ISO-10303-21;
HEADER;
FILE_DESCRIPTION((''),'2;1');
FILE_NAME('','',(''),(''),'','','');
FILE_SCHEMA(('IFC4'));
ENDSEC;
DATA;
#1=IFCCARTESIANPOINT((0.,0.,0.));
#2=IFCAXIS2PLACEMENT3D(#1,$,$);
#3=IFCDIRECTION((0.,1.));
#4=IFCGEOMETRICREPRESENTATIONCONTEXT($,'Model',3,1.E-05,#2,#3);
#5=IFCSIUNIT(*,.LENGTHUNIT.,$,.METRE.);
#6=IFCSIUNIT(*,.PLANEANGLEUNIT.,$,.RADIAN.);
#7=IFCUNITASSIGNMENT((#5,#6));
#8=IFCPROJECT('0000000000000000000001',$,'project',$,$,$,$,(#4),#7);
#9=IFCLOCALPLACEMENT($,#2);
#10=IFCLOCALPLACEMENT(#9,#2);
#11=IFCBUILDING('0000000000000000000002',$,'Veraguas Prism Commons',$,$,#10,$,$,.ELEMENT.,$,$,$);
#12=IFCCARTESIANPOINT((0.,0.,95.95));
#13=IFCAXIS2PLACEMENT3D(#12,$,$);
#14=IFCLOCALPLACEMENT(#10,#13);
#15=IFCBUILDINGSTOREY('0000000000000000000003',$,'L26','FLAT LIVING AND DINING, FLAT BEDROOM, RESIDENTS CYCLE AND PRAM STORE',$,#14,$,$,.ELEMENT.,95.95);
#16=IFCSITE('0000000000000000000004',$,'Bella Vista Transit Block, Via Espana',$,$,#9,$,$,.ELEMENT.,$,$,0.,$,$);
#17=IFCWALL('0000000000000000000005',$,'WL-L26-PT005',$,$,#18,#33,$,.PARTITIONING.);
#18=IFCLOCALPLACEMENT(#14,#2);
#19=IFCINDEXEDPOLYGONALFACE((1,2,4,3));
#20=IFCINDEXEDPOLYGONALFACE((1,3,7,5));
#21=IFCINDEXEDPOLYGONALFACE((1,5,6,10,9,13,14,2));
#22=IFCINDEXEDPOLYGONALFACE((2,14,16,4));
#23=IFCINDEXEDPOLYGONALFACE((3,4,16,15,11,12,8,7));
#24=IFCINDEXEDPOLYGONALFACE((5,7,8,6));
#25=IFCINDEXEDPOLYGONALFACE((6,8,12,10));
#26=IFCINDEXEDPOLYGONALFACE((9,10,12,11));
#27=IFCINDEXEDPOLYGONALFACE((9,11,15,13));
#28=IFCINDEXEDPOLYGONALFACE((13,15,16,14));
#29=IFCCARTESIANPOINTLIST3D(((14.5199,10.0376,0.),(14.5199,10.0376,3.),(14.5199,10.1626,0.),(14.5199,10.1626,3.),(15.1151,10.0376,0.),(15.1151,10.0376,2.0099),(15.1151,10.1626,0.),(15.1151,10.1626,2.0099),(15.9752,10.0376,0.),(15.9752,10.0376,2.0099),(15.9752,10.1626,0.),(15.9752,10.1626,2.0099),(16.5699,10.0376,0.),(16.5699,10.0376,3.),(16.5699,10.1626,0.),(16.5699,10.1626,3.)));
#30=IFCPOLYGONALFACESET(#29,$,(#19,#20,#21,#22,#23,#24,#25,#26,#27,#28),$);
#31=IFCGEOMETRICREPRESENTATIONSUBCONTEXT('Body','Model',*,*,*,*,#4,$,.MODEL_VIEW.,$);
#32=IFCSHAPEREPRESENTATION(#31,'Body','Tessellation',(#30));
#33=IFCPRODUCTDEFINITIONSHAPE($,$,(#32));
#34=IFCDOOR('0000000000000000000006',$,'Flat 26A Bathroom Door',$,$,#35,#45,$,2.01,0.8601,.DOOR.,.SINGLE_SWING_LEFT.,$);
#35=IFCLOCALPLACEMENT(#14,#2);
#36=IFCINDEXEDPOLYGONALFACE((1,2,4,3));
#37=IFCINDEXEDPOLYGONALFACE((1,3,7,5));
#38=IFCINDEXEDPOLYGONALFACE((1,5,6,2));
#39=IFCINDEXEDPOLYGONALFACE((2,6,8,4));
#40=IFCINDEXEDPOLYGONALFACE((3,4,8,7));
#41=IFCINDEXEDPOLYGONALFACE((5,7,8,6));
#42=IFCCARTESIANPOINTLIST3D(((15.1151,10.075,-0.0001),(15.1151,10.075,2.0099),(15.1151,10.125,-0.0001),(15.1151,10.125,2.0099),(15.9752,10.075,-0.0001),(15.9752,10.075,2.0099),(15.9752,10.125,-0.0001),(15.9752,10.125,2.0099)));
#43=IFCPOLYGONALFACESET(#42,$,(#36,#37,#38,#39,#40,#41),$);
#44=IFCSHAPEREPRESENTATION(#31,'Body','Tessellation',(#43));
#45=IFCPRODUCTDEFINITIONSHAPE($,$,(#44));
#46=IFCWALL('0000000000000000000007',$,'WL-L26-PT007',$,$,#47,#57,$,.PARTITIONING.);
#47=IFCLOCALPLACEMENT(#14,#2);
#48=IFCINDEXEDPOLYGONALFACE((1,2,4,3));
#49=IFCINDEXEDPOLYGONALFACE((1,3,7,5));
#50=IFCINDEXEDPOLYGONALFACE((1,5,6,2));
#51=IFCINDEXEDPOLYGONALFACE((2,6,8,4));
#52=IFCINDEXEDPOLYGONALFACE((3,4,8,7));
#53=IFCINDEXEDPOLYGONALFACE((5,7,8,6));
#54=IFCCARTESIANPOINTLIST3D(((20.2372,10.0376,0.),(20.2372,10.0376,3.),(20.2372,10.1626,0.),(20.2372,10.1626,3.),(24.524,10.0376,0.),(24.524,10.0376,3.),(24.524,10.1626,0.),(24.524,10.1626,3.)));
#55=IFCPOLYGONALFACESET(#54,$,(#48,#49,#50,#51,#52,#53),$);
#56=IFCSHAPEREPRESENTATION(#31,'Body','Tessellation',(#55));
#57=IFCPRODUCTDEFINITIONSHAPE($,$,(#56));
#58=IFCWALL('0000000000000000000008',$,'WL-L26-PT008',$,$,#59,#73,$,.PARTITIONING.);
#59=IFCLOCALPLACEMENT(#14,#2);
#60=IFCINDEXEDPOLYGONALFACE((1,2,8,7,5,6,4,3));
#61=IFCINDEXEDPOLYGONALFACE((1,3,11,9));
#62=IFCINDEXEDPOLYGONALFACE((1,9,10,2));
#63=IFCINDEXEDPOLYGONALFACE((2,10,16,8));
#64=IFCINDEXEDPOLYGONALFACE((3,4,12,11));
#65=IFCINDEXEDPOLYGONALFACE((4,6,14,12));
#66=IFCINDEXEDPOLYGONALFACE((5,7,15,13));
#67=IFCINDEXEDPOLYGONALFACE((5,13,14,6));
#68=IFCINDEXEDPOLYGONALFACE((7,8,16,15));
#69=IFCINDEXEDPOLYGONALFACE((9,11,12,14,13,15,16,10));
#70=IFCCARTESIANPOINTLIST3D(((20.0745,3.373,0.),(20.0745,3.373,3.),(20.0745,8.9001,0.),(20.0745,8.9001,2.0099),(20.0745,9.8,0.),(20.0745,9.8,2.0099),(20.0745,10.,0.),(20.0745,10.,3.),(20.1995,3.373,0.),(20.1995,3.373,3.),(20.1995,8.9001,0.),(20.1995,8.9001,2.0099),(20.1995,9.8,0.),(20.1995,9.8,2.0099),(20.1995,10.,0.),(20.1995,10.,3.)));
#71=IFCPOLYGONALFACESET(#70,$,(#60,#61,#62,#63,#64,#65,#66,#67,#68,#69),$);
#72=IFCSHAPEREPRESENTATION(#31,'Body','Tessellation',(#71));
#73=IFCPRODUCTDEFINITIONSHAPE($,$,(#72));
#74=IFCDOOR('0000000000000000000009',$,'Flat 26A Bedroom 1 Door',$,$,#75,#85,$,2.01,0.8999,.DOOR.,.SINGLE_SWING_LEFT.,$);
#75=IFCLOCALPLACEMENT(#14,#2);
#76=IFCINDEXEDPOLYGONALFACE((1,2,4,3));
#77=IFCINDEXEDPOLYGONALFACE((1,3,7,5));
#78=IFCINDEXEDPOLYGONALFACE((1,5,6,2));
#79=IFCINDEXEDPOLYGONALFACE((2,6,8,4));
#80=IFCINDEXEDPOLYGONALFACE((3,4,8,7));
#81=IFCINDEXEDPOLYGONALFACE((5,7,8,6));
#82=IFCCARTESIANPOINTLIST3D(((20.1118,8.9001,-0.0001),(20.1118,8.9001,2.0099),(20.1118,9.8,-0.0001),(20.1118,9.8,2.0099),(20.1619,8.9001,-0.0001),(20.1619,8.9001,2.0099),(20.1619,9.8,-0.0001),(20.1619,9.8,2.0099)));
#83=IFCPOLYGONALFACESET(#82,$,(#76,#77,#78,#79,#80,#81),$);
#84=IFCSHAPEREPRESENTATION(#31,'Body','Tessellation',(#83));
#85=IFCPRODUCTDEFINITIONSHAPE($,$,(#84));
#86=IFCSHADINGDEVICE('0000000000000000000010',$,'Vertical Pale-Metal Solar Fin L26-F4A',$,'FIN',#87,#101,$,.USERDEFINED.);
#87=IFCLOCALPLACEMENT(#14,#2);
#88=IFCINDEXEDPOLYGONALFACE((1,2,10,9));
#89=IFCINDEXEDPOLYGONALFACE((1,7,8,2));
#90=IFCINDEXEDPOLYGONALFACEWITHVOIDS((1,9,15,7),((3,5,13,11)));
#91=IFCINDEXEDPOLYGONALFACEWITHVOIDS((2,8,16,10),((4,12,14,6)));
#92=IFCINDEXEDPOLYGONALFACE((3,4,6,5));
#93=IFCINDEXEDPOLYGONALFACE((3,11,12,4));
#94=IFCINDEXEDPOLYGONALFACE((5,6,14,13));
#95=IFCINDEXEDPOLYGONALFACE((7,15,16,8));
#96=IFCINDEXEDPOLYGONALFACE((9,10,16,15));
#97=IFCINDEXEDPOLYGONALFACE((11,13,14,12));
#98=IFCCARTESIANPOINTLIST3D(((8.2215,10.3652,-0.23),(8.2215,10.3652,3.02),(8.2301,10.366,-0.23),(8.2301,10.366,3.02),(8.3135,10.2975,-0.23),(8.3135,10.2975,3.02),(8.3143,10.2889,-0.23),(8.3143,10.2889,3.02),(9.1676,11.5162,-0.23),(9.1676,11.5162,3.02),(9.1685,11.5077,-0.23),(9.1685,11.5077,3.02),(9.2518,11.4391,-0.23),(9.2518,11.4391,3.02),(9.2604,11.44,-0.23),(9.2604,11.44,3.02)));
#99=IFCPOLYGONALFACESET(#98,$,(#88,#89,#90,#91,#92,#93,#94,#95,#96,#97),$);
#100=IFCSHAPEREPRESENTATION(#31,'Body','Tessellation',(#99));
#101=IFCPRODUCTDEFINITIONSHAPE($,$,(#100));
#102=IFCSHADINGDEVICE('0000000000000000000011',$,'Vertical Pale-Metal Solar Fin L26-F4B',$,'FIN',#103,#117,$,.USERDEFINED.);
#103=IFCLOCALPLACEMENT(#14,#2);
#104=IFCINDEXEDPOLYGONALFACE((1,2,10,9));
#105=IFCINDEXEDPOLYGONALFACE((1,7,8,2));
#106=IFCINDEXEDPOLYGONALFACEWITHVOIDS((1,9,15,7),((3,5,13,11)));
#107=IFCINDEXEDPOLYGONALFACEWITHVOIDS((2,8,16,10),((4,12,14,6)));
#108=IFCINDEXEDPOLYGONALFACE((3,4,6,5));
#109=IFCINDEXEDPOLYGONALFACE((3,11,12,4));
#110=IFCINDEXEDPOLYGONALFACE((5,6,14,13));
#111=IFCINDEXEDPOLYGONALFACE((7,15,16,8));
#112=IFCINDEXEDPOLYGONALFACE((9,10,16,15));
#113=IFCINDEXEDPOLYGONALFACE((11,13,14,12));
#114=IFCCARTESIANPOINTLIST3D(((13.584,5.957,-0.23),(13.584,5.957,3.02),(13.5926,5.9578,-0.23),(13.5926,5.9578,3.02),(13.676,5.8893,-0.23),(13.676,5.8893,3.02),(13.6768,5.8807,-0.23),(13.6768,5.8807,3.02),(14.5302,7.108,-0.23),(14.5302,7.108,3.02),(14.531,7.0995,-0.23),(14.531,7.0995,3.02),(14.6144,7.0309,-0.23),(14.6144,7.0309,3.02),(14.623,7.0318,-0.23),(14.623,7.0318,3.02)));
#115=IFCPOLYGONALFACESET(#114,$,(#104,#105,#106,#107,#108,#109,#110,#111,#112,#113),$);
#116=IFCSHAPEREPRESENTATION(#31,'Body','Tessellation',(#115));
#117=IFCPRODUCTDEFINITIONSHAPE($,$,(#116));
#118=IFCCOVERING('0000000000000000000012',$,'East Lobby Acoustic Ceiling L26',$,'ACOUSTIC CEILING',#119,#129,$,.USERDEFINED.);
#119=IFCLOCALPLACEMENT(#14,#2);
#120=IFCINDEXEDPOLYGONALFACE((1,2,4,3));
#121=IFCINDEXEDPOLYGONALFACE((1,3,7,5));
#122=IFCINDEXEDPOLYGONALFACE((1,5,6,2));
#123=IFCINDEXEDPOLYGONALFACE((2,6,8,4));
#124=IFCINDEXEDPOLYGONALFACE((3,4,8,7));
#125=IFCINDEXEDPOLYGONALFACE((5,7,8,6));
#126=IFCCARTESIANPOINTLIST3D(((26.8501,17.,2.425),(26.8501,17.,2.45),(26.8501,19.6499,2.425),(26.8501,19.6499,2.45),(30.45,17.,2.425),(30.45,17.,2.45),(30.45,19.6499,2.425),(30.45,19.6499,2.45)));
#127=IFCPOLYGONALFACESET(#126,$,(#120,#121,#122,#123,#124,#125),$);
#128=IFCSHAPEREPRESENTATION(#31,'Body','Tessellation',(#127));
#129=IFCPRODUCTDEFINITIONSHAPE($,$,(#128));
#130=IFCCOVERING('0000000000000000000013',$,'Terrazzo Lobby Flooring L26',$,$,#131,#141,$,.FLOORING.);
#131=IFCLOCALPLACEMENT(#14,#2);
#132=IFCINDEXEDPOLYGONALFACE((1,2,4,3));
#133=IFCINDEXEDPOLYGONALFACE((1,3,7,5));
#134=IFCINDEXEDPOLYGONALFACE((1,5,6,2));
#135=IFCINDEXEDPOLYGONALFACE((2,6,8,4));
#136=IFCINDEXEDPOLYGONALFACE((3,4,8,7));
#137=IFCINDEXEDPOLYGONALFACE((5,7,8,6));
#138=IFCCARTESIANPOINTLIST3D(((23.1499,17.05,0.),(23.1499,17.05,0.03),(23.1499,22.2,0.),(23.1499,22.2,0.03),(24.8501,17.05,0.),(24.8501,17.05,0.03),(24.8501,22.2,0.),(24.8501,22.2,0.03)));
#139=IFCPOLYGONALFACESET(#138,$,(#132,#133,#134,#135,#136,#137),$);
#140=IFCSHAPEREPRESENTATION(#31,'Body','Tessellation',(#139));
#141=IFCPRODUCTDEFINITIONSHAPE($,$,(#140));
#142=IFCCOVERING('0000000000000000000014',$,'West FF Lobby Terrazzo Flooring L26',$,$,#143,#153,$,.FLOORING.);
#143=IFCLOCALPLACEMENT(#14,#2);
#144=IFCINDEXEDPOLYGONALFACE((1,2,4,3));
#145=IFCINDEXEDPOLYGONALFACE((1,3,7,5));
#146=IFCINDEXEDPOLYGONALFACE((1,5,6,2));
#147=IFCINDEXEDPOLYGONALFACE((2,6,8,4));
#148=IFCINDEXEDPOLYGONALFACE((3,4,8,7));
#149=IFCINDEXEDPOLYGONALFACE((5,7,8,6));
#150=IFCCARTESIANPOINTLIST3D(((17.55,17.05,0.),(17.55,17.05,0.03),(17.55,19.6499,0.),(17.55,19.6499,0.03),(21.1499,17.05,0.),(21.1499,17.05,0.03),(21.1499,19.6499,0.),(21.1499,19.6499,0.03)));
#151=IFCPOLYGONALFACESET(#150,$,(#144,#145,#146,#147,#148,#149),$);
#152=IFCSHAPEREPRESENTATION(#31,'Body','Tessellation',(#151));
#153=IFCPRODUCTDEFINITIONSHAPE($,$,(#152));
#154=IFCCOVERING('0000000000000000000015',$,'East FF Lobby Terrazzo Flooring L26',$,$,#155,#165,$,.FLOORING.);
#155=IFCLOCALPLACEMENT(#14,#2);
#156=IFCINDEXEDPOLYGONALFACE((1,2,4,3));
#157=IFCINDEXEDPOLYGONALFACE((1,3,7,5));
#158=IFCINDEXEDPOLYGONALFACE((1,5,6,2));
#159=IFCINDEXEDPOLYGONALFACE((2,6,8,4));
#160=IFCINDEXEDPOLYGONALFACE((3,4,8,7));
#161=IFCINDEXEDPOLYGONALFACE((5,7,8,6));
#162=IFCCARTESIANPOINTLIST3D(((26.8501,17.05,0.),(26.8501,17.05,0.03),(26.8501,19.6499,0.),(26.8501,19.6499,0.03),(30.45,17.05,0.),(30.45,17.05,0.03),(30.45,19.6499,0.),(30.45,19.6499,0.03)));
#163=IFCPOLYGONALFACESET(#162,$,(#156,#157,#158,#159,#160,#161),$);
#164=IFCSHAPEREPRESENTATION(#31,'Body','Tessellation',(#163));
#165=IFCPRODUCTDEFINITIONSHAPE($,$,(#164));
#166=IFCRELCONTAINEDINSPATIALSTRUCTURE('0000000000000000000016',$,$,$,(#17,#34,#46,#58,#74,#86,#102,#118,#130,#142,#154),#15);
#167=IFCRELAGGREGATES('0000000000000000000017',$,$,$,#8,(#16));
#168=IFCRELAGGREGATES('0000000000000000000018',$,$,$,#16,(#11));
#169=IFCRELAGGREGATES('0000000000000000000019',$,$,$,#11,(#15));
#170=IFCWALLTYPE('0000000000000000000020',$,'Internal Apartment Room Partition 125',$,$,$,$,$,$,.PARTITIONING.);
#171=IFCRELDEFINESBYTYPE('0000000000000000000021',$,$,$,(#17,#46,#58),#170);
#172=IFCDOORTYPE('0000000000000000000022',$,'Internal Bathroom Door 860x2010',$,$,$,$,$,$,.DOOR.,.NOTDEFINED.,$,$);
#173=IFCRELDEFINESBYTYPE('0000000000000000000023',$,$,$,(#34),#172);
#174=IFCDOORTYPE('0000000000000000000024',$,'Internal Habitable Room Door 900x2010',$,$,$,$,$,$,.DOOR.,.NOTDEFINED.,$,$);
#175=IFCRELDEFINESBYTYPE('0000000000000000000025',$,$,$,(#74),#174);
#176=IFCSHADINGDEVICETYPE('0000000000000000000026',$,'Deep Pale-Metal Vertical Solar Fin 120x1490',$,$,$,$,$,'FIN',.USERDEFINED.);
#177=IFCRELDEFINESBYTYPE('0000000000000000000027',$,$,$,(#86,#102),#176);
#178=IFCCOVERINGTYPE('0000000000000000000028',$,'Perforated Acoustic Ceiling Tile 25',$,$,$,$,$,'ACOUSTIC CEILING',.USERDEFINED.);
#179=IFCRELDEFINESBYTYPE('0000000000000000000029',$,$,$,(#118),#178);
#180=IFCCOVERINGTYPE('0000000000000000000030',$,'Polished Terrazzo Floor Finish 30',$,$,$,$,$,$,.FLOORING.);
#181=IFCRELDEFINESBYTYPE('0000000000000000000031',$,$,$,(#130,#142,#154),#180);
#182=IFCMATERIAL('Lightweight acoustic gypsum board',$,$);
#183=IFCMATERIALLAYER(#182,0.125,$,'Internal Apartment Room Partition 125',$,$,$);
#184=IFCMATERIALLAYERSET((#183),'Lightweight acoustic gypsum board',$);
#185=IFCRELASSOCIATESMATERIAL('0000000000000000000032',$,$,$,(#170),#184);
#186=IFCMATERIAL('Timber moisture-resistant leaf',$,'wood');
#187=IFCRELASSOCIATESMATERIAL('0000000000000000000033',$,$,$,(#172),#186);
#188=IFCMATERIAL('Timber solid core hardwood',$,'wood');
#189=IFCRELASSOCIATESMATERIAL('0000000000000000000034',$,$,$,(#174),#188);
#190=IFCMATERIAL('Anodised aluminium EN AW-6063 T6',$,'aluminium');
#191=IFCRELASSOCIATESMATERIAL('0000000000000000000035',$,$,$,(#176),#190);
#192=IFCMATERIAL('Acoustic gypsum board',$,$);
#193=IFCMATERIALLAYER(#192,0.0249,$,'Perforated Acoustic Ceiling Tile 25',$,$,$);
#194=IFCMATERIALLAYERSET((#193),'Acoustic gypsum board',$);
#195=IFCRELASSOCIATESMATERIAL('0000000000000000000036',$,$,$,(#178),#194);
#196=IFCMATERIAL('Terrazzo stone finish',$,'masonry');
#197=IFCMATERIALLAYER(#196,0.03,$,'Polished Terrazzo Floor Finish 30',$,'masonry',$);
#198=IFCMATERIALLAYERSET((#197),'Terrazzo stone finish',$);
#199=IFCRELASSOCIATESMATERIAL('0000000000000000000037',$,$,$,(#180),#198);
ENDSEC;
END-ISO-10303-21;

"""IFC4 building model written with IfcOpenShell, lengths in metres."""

from ifc_helpers import new_model, si_unit, direction, frame, frame_2d, origin, origin_2d, place, context, subcontext, project, spatial, polyline, rectangle, hollow_rectangle, outline, extrude, source, transform, mapped, material, layer, layer_set, material_profile, profile_set, type_object, element, fill, save


model = new_model("IFC4")

# Units and contexts
model_context = context("Model", 3, precision=1e-05, world=origin(), true_north=direction((0.0, 1.0)))
body_context = subcontext(model_context, "Body", "Model", "MODEL_VIEW")
ifc_project = project(units=[si_unit("LENGTHUNIT", "METRE"), si_unit("PLANEANGLEUNIT", "RADIAN")], contexts=[model_context])

# Site, building, storey
site_placement = place(None, origin())
site = spatial("IfcSite", under=ifc_project, at=site_placement, Name="Bella Vista Transit Block, Via Espana", CompositionType="ELEMENT", RefElevation=0.0)
building_placement = place(site_placement, origin())
building = spatial("IfcBuilding", under=site, at=building_placement, Name="Veraguas Prism Commons", CompositionType="ELEMENT")
storey_placement = place(building_placement, frame((0.0, 0.0, 95.95)))
storey = spatial("IfcBuildingStorey", under=building, at=storey_placement, Name="L26", Description="FLAT LIVING AND DINING, FLAT BEDROOM, RESIDENTS CYCLE AND PRAM STORE", CompositionType="ELEMENT", Elevation=95.95)

# Shared definitions
ifc_material_1 = material(Name="Anodised aluminium EN AW-6063 T6", Category="aluminium")

# Wall, opening, door
ifc_material_2 = material(Name="Lightweight acoustic gypsum board")
ifc_layer_1 = layer(ifc_material_2, 0.125, Name="Internal Apartment Room Partition 125")
ifc_layer_set_1 = layer_set([ifc_layer_1], Name="Lightweight acoustic gypsum board")
wall_type_1 = type_object("IfcWallType", Name="Internal Apartment Room Partition 125", PredefinedType="PARTITIONING", material=ifc_layer_set_1)
wall_1_placement = place(storey_placement, frame((14.52, 10.1001, 0.0), z_axis=(0.0, 0.0, 1.0), x_axis=(1.0, 0.0, 0.0)))
wall_1 = element("IfcWall", 1, at=wall_1_placement, inside=storey, type_object=wall_type_1, Name="WL-L26-PT005", PredefinedType="PARTITIONING", context=body_context, shape_type="SweptSolid", body=[
    extrude(rectangle(XDim=2.05, YDim=0.125, at=frame_2d((1.0249, 0.0))), origin(), (0.0, 0.0, 1.0), 3.0),
])
opening_1_placement = place(wall_1_placement, frame((0.595, 0.0, 0.0)))
opening_1 = element("IfcOpeningElement", 2, at=opening_1_placement, cuts=wall_1, PredefinedType="OPENING", context=body_context, shape_type="SweptSolid", body=[
    extrude(rectangle(XDim=0.8601, YDim=2.01, at=frame_2d((0.4302, 1.0049))), frame((0.0, 0.0725, 0.0), z_axis=(0.0, -1.0, 0.0), x_axis=(1.0, 0.0, 0.0)), (0.0, 0.0, 1.0), 0.145),
])
ifc_material_3 = material(Name="Timber moisture-resistant leaf", Category="wood")
door_type_1 = type_object("IfcDoorType", Name="Internal Bathroom Door 860x2010", OperationType="NOTDEFINED", PredefinedType="DOOR", material=ifc_material_3)
shared_shape_1 = source(origin(), body_context, "Body", "SweptSolid", [
    extrude(rectangle(XDim=0.8601, YDim=2.01, at=frame_2d((0.4302, 1.0049))), frame((0.0, 0.0249, 0.0), z_axis=(0.0, -1.0, 0.0), x_axis=(1.0, 0.0, 0.0)), (0.0, 0.0, 1.0), 0.05),
])
door_1_placement = place(opening_1_placement, origin())
door_1 = element("IfcDoor", 3, at=door_1_placement, inside=storey, type_object=door_type_1, Name="Flat 26A Bathroom Door", OperationType="SINGLE_SWING_LEFT", OverallHeight=2.01, OverallWidth=0.8601, PredefinedType="DOOR", context=body_context, shape_type="MappedRepresentation", body=[
    mapped(shared_shape_1, transform((0.0, 0.0, 0.0), scale=1.0)),
])
fill(opening_1, door_1)

# Wall
wall_2_placement = place(storey_placement, frame((20.2371, 10.1001, 0.0), z_axis=(0.0, 0.0, 1.0), x_axis=(1.0, 0.0, 0.0)))
element("IfcWall", 4, at=wall_2_placement, inside=storey, type_object=wall_type_1, Name="WL-L26-PT007", PredefinedType="PARTITIONING", context=body_context, shape_type="SweptSolid", body=[
    extrude(rectangle(XDim=4.2869, YDim=0.125, at=frame_2d((2.1436, 0.0))), origin(), (0.0, 0.0, 1.0), 3.0),
])

# Wall, opening, door
wall_3_placement = place(storey_placement, frame((20.137, 10.0, 0.0), z_axis=(0.0, 0.0, 1.0), x_axis=(0.0, -1.0, 0.0)))
wall_3 = element("IfcWall", 5, at=wall_3_placement, inside=storey, type_object=wall_type_1, Name="WL-L26-PT008", PredefinedType="PARTITIONING", context=body_context, shape_type="SweptSolid", body=[
    extrude(rectangle(XDim=6.627, YDim=0.125, at=frame_2d((3.3135, 0.0))), origin(), (0.0, 0.0, 1.0), 3.0),
])
opening_2_placement = place(wall_3_placement, frame((0.2, 0.0, 0.0)))
opening_2 = element("IfcOpeningElement", 6, at=opening_2_placement, cuts=wall_3, PredefinedType="OPENING", context=body_context, shape_type="SweptSolid", body=[
    extrude(rectangle(XDim=0.8999, YDim=2.01, at=frame_2d((0.45, 1.0049))), frame((0.0, 0.0725, 0.0), z_axis=(0.0, -1.0, 0.0), x_axis=(1.0, 0.0, 0.0)), (0.0, 0.0, 1.0), 0.145),
])
ifc_material_4 = material(Name="Timber solid core hardwood", Category="wood")
door_type_2 = type_object("IfcDoorType", Name="Internal Habitable Room Door 900x2010", OperationType="NOTDEFINED", PredefinedType="DOOR", material=ifc_material_4)
shared_shape_2 = source(origin(), body_context, "Body", "SweptSolid", [
    extrude(rectangle(XDim=0.8999, YDim=2.01, at=frame_2d((0.45, 1.0049))), frame((0.0, 0.0249, 0.0), z_axis=(0.0, -1.0, 0.0), x_axis=(1.0, 0.0, 0.0)), (0.0, 0.0, 1.0), 0.05),
])
door_2_placement = place(opening_2_placement, origin())
door_2 = element("IfcDoor", 7, at=door_2_placement, inside=storey, type_object=door_type_2, Name="Flat 26A Bedroom 1 Door", OperationType="SINGLE_SWING_LEFT", OverallHeight=2.01, OverallWidth=0.8999, PredefinedType="DOOR", context=body_context, shape_type="MappedRepresentation", body=[
    mapped(shared_shape_2, transform((0.0, 0.0, 0.0), scale=1.0)),
])
fill(opening_2, door_2)

# Shading devices
ifc_material_profile_1 = material_profile(ifc_material_1, hollow_rectangle(XDim=0.1201, YDim=1.49, WallThickness=0.0061, at=origin_2d()), Name="FIN120X1490X6")
ifc_profile_set_1 = profile_set([ifc_material_profile_1], Name="Anodised aluminium EN AW-6063 T6")
shading_device_type = type_object("IfcShadingDeviceType", Name="Deep Pale-Metal Vertical Solar Fin 120x1490", ElementType="FIN", PredefinedType="USERDEFINED", material=ifc_profile_set_1)
for number, where, z_axis, x_axis, name in (
    (8, (8.741, 10.9026, -0.23), (0.0, 0.0, 1.0), (0.772514, -0.634998, 0.0), "Vertical Pale-Metal Solar Fin L26-F4A"),
    (9, (14.1035, 6.4944, -0.23), (0.0, 0.0, 1.0), (0.772514, -0.634998, 0.0), "Vertical Pale-Metal Solar Fin L26-F4B"),
):
    element("IfcShadingDevice", number, at=place(storey_placement, frame(where, z_axis=z_axis, x_axis=x_axis)), inside=storey, type_object=shading_device_type, Name=name, ObjectType="FIN", PredefinedType="USERDEFINED", context=body_context, shape_type="SweptSolid", body=[
        extrude(hollow_rectangle(XDim=0.1201, YDim=1.49, WallThickness=0.0061, at=origin_2d()), origin(), (0.0, 0.0, 1.0), 3.25),
    ])

# Coverings
ifc_material_5 = material(Name="Acoustic gypsum board")
ifc_layer_2 = layer(ifc_material_5, 0.0249, Name="Perforated Acoustic Ceiling Tile 25")
ifc_layer_set_2 = layer_set([ifc_layer_2], Name="Acoustic gypsum board")
covering_type_1 = type_object("IfcCoveringType", Name="Perforated Acoustic Ceiling Tile 25", ElementType="ACOUSTIC CEILING", PredefinedType="USERDEFINED", material=ifc_layer_set_2)
covering_1_placement = place(storey_placement, frame((0.0, 0.0, 2.425)))
element("IfcCovering", 10, at=covering_1_placement, inside=storey, type_object=covering_type_1, Name="East Lobby Acoustic Ceiling L26", ObjectType="ACOUSTIC CEILING", PredefinedType="USERDEFINED", context=body_context, shape_type="SweptSolid", body=[
    extrude(outline(polyline([(26.8501, 17.0), (30.45, 17.0), (30.45, 19.6499), (26.8501, 19.6499), (26.8501, 17.0)])), origin(), (0.0, 0.0, 1.0), 0.0249),
])
ifc_material_6 = material(Name="Terrazzo stone finish", Category="masonry")
ifc_layer_3 = layer(ifc_material_6, 0.03, Name="Polished Terrazzo Floor Finish 30", Category="masonry")
ifc_layer_set_3 = layer_set([ifc_layer_3], Name="Terrazzo stone finish")
covering_type_2 = type_object("IfcCoveringType", Name="Polished Terrazzo Floor Finish 30", PredefinedType="FLOORING", material=ifc_layer_set_3)
covering_2_placement = place(storey_placement, origin())
element("IfcCovering", 11, at=covering_2_placement, inside=storey, type_object=covering_type_2, Name="Terrazzo Lobby Flooring L26", PredefinedType="FLOORING", context=body_context, shape_type="SweptSolid", body=[
    extrude(outline(polyline([(23.1499, 17.05), (24.8501, 17.05), (24.8501, 22.2), (23.1499, 22.2), (23.1499, 17.05)])), origin(), (0.0, 0.0, 1.0), 0.03),
])
covering_3_placement = place(storey_placement, origin())
element("IfcCovering", 12, at=covering_3_placement, inside=storey, type_object=covering_type_2, Name="West FF Lobby Terrazzo Flooring L26", PredefinedType="FLOORING", context=body_context, shape_type="SweptSolid", body=[
    extrude(outline(polyline([(17.55, 17.05), (21.1499, 17.05), (21.1499, 19.6499), (17.55, 19.6499), (17.55, 17.05)])), origin(), (0.0, 0.0, 1.0), 0.03),
])
covering_4_placement = place(storey_placement, origin())
element("IfcCovering", 13, at=covering_4_placement, inside=storey, type_object=covering_type_2, Name="East FF Lobby Terrazzo Flooring L26", PredefinedType="FLOORING", context=body_context, shape_type="SweptSolid", body=[
    extrude(outline(polyline([(26.8501, 17.05), (30.45, 17.05), (30.45, 19.6499), (26.8501, 19.6499), (26.8501, 17.05)])), origin(), (0.0, 0.0, 1.0), 0.03),
])

save(model, "model.ifc")
